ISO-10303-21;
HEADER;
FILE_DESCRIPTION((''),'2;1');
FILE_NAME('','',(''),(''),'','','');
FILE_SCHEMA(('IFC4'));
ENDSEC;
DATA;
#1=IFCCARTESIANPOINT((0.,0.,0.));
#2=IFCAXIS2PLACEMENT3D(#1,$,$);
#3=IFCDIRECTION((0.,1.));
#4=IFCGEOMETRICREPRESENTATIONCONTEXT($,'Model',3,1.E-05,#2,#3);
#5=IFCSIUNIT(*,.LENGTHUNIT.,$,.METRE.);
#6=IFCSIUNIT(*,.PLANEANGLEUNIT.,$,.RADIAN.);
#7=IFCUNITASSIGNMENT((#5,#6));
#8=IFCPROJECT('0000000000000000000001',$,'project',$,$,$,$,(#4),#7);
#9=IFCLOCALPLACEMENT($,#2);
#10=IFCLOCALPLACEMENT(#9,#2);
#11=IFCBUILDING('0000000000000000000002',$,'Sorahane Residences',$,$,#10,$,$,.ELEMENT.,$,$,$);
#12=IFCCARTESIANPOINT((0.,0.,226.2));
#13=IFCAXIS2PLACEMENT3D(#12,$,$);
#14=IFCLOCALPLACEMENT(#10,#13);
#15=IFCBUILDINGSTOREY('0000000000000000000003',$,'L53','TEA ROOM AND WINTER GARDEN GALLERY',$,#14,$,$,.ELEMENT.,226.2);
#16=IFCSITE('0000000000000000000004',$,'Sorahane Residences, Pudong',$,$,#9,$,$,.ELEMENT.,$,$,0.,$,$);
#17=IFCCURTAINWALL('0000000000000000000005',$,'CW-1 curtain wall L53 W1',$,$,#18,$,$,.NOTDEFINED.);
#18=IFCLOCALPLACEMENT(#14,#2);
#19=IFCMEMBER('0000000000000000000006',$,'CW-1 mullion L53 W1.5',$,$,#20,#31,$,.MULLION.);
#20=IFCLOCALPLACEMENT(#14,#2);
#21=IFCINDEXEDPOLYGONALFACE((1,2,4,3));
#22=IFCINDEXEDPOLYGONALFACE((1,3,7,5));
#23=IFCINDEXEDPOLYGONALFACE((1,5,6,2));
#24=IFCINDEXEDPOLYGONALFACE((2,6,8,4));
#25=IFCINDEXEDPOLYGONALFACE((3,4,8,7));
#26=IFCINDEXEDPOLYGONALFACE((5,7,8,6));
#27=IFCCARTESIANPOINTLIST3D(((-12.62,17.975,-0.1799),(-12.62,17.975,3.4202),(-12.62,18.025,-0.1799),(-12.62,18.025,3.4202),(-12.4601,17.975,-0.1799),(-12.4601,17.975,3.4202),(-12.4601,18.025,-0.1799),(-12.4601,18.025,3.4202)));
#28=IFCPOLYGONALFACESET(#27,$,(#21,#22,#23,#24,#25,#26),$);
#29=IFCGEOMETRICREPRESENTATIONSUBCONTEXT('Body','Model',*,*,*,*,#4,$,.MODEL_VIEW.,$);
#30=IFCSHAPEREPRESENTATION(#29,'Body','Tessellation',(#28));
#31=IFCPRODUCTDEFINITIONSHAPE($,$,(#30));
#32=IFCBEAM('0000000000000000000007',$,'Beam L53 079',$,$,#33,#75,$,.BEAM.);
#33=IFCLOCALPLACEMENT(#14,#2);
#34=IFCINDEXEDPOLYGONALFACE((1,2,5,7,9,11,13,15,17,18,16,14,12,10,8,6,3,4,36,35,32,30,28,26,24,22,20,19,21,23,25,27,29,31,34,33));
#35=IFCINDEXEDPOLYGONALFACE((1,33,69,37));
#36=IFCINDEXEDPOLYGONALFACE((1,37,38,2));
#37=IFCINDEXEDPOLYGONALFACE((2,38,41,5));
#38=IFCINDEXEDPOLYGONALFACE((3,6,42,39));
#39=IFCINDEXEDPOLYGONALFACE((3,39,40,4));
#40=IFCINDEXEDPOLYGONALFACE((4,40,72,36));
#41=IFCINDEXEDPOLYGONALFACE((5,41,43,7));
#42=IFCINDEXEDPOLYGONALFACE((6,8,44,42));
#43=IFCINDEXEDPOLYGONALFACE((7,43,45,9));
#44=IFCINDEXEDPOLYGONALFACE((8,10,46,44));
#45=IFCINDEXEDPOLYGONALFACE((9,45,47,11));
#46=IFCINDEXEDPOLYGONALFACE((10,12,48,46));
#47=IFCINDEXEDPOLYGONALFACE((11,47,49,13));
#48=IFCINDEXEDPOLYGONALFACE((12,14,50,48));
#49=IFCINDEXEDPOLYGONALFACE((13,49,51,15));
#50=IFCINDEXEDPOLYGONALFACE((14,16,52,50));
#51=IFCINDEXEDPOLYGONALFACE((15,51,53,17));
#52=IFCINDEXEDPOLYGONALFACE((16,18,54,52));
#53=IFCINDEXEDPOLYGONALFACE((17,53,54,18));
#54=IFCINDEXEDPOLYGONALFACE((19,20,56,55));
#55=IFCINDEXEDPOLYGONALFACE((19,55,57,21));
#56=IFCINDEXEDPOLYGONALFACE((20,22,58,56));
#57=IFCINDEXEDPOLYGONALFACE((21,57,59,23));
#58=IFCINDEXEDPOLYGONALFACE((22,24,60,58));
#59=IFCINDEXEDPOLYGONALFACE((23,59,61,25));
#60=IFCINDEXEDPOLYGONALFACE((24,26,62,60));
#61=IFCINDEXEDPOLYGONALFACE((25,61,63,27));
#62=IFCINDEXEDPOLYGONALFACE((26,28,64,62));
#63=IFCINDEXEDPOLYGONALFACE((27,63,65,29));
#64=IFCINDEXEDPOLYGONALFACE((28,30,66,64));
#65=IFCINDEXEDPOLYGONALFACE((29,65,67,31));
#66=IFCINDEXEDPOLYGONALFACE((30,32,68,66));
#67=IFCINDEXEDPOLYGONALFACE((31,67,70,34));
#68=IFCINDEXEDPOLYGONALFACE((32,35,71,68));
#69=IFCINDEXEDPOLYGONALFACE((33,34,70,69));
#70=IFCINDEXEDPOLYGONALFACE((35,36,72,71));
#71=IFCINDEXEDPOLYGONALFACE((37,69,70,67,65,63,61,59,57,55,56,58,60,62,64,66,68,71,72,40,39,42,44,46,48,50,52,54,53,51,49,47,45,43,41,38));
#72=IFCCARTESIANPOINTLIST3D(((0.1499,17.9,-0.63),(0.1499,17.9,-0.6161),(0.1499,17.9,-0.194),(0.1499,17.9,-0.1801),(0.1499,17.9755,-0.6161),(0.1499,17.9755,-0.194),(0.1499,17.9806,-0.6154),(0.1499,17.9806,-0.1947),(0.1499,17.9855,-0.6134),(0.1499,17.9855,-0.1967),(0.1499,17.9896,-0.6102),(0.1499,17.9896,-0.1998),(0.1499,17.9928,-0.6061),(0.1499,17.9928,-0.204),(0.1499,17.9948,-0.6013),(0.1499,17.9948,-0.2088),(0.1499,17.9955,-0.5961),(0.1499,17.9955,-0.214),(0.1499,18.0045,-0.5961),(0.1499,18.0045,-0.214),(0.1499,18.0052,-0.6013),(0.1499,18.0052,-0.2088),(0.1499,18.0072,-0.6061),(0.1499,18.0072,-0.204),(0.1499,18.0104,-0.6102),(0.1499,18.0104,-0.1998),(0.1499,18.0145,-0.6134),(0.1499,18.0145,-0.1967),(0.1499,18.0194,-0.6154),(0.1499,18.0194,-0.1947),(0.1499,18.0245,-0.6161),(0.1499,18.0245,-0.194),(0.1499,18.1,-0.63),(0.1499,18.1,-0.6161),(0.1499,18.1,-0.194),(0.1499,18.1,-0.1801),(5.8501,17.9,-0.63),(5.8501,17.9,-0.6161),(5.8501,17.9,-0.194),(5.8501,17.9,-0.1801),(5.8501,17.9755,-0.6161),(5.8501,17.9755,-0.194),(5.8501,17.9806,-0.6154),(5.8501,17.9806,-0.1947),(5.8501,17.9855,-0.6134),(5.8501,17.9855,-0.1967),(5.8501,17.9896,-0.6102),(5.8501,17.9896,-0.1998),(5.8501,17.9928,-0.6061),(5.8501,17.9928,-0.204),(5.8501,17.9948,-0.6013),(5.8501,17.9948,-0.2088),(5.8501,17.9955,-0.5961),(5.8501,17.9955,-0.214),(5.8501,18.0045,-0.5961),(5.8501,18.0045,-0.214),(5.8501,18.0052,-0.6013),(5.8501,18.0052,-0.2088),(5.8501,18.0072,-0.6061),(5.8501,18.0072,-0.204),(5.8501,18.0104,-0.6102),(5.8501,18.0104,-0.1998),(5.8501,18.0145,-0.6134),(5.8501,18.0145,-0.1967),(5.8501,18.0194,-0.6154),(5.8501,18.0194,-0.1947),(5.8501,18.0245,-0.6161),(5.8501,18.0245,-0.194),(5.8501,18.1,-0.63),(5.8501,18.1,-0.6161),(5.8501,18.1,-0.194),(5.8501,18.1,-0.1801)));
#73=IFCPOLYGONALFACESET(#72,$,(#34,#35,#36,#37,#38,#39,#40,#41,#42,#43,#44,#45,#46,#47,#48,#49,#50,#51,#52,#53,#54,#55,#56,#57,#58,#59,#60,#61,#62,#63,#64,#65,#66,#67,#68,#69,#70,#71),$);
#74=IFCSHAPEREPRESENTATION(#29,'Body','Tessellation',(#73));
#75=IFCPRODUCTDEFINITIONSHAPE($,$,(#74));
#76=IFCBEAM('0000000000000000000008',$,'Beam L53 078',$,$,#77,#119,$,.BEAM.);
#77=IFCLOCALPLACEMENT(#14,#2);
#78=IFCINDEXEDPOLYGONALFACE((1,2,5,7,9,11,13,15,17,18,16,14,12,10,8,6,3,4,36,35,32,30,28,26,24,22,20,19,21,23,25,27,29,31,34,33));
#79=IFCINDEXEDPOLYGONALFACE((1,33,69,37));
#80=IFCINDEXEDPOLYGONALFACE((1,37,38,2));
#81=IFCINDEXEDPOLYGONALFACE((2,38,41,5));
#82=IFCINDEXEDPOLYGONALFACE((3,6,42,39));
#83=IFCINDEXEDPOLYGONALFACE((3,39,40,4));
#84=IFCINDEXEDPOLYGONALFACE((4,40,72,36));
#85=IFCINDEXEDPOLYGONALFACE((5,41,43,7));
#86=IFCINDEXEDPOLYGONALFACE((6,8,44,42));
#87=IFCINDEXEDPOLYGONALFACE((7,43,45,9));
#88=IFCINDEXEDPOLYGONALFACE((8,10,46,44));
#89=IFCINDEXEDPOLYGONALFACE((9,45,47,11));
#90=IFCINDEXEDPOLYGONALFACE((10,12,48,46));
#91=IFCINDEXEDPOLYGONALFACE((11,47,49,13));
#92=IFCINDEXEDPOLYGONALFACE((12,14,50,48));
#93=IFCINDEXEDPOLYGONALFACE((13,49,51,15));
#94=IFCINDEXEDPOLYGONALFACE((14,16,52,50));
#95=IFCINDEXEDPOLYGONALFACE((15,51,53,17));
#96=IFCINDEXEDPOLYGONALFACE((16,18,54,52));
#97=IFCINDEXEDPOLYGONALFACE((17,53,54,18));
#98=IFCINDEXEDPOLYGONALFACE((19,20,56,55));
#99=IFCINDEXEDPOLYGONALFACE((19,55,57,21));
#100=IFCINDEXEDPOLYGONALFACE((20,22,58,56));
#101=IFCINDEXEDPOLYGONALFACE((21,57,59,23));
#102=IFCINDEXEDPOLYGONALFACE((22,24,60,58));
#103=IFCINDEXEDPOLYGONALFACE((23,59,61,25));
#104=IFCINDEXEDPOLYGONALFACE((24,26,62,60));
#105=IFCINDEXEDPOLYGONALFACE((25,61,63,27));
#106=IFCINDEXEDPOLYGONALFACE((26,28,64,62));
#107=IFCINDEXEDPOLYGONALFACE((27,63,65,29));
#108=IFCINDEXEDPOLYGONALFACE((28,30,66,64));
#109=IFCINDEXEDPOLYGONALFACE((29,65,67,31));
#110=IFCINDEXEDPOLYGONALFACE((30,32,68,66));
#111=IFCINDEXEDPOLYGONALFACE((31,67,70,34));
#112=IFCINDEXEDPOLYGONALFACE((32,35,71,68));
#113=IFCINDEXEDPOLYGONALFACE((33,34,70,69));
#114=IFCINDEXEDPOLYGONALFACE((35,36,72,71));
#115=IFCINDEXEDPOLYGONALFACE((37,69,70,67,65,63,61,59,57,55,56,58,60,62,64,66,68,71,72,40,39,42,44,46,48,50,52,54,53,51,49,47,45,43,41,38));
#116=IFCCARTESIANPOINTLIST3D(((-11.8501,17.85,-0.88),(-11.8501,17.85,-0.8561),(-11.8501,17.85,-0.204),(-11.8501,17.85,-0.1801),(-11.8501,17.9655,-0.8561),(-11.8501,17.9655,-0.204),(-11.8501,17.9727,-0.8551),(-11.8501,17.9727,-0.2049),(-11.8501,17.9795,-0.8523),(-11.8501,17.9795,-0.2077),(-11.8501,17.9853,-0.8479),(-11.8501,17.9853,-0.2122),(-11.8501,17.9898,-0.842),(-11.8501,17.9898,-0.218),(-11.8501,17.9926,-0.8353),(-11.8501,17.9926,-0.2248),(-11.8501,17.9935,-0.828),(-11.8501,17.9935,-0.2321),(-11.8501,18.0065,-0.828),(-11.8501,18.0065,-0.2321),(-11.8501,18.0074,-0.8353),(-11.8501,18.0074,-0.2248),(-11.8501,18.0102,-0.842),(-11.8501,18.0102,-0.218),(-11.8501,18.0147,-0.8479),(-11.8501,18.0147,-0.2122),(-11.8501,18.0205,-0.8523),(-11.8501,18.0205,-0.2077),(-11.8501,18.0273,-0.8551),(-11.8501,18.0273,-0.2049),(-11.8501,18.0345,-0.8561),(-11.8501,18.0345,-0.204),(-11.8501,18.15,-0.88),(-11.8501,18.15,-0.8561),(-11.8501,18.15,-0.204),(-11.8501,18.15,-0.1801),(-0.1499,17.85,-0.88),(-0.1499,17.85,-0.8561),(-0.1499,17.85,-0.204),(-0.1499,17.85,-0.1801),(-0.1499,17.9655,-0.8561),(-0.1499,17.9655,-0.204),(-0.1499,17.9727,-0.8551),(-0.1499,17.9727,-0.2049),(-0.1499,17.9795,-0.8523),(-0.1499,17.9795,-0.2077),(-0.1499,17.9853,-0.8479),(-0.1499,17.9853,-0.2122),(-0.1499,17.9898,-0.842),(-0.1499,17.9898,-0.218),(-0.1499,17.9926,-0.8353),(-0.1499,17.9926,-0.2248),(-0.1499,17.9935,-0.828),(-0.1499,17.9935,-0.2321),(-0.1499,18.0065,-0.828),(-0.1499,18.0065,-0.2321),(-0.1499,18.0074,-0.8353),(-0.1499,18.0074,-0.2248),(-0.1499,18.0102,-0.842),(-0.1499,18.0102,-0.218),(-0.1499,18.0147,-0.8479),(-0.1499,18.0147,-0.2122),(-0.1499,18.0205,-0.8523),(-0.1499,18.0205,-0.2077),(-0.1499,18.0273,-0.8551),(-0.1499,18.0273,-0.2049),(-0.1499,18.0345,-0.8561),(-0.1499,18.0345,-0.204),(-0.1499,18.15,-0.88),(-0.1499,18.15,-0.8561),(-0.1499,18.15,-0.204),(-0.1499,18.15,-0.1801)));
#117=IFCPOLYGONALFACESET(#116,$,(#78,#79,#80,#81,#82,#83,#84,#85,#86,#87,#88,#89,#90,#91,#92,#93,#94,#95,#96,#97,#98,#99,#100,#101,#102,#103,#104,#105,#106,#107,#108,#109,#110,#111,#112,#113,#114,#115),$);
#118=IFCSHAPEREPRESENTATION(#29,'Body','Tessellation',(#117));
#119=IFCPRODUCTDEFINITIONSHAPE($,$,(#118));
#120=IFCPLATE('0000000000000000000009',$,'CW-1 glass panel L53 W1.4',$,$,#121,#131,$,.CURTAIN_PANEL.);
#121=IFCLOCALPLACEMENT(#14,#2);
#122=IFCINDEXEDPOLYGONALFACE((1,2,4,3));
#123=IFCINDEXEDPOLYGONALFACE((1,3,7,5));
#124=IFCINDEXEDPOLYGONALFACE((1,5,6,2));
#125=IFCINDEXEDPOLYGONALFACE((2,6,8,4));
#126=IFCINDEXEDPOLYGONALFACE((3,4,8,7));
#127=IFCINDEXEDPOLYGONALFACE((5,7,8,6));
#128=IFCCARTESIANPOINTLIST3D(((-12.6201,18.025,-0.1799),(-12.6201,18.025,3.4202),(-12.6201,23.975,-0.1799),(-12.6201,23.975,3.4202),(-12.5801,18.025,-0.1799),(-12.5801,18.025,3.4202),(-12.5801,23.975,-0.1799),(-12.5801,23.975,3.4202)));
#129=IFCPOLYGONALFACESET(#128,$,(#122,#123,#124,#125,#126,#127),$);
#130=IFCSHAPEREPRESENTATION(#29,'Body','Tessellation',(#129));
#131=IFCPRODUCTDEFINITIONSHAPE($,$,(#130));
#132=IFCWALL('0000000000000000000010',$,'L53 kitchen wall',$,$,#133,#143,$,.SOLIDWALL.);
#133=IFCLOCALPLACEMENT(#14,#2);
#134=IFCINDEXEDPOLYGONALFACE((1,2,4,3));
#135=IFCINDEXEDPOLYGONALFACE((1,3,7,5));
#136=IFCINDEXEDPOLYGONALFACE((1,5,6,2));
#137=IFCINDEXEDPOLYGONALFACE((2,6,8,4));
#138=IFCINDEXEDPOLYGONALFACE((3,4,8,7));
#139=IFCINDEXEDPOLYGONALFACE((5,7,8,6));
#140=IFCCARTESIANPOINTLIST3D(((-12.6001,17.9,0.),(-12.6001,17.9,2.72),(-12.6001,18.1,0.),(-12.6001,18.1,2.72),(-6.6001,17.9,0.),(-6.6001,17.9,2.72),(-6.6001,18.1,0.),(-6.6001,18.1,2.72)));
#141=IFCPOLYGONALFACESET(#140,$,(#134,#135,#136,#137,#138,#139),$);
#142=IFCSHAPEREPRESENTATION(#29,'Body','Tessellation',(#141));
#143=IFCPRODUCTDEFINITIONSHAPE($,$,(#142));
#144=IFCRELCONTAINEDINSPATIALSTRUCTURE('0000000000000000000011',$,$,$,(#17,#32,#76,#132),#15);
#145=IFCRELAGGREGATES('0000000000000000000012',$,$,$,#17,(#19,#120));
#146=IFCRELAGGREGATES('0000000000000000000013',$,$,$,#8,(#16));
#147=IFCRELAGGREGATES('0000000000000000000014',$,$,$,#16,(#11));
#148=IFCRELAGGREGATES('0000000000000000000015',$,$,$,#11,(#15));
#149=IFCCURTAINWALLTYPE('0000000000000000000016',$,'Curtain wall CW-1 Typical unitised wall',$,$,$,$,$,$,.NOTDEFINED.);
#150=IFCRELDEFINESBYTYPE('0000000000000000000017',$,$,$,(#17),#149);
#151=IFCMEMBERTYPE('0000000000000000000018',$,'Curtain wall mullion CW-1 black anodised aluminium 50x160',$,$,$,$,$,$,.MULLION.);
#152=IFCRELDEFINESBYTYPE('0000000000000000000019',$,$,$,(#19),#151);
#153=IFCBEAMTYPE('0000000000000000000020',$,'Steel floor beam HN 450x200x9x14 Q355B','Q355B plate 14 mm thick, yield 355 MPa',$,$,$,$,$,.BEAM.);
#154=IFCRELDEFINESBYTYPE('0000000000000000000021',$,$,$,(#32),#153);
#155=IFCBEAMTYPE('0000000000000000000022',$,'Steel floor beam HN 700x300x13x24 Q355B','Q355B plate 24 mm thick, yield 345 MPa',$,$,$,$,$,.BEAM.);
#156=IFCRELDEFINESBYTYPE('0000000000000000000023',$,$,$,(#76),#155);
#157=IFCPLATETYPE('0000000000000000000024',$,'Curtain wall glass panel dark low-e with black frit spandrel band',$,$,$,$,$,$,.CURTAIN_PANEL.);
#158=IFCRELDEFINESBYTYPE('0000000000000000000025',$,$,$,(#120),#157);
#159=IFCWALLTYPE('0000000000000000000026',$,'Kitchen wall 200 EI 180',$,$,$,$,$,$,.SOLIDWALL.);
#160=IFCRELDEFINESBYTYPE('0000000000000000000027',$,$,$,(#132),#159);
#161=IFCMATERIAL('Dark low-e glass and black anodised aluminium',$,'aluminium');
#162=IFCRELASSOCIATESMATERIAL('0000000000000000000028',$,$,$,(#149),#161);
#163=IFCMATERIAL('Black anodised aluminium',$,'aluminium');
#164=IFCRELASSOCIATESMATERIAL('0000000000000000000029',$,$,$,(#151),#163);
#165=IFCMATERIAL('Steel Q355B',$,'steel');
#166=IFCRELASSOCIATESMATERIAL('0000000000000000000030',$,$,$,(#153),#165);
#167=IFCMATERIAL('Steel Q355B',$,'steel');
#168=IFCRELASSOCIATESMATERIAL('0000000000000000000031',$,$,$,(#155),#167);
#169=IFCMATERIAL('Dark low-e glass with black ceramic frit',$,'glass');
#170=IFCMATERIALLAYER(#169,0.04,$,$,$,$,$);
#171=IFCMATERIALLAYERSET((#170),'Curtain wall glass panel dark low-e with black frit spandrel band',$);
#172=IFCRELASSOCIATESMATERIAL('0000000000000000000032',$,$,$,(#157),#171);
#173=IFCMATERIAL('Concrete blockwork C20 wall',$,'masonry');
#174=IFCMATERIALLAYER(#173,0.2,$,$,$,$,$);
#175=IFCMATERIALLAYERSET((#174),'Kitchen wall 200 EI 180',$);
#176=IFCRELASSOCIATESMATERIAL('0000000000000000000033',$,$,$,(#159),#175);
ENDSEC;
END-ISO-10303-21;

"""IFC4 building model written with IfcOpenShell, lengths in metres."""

from ifc_helpers import new_model, si_unit, direction, frame, frame_2d, origin, origin_2d, place, context, subcontext, project, spatial, rectangle, i_section, extrude, material, layer, layer_set, material_profile, profile_set, type_object, element, aggregate, save


model = new_model("IFC4")

# Units and contexts
model_context = context("Model", 3, precision=1e-05, world=origin(), true_north=direction((0.0, 1.0)))
body_context = subcontext(model_context, "Body", "Model", "MODEL_VIEW")
ifc_project = project(units=[si_unit("LENGTHUNIT", "METRE"), si_unit("PLANEANGLEUNIT", "RADIAN")], contexts=[model_context])

# Site, building, storey
site_placement = place(None, origin())
site = spatial("IfcSite", under=ifc_project, at=site_placement, Name="Sorahane Residences, Pudong", CompositionType="ELEMENT", RefElevation=0.0)
building_placement = place(site_placement, origin())
building = spatial("IfcBuilding", under=site, at=building_placement, Name="Sorahane Residences", CompositionType="ELEMENT")
storey_placement = place(building_placement, frame((0.0, 0.0, 226.2)))
storey = spatial("IfcBuildingStorey", under=building, at=storey_placement, Name="L53", Description="TEA ROOM AND WINTER GARDEN GALLERY", CompositionType="ELEMENT", Elevation=226.2)

# Curtain wall, member
ifc_material_1 = material(Name="Dark low-e glass and black anodised aluminium", Category="aluminium")
curtain_wall_type = type_object("IfcCurtainWallType", Name="Curtain wall CW-1 Typical unitised wall", PredefinedType="NOTDEFINED", material=ifc_material_1)
curtain_wall_placement = place(storey_placement, origin())
curtain_wall = element("IfcCurtainWall", 1, at=curtain_wall_placement, inside=storey, type_object=curtain_wall_type, Name="CW-1 curtain wall L53 W1", PredefinedType="NOTDEFINED")
ifc_material_2 = material(Name="Black anodised aluminium", Category="aluminium")
ifc_material_profile_1 = material_profile(ifc_material_2, rectangle(XDim=0.1599, YDim=0.05, at=origin_2d()), Name="Curtain wall mullion CW-1 black anodised aluminium 50x160")
ifc_profile_set_1 = profile_set([ifc_material_profile_1], Name="Black anodised aluminium")
member_type = type_object("IfcMemberType", Name="Curtain wall mullion CW-1 black anodised aluminium 50x160", PredefinedType="MULLION", material=ifc_profile_set_1)
member_placement = place(storey_placement, frame((-12.54, 18.0, -0.1799), z_axis=(0.0, 0.0, 1.0), x_axis=(-1.0, 0.0, 0.0)))
member = element("IfcMember", 2, at=member_placement, type_object=member_type, Name="CW-1 mullion L53 W1.5", PredefinedType="MULLION", context=body_context, shape_type="SweptSolid", body=[
    extrude(rectangle(XDim=0.1599, YDim=0.05, at=origin_2d()), origin(), (0.0, 0.0, 1.0), 3.6001),
])

# Beams
ifc_material_3 = material(Name="Steel Q355B", Category="steel")
ifc_material_profile_2 = material_profile(ifc_material_3, i_section(OverallWidth=0.2, OverallDepth=0.45, WebThickness=0.009, FlangeThickness=0.0139, FilletRadius=0.02, at=origin_2d()), Name="HN 450x200x9x14")
ifc_profile_set_2 = profile_set([ifc_material_profile_2], Name="Steel Q355B")
beam_type_1 = type_object("IfcBeamType", Name="Steel floor beam HN 450x200x9x14 Q355B", Description="Q355B plate 14 mm thick, yield 355 MPa", PredefinedType="BEAM", material=ifc_profile_set_2)
beam_1_placement = place(storey_placement, frame((0.1499, 18.0, -0.405), z_axis=(1.0, 0.0, 0.0), x_axis=(0.0, 1.0, 0.0)))
element("IfcBeam", 3, at=beam_1_placement, inside=storey, type_object=beam_type_1, Name="Beam L53 079", PredefinedType="BEAM", context=body_context, shape_type="SweptSolid", body=[
    extrude(i_section(OverallWidth=0.2, OverallDepth=0.45, WebThickness=0.009, FlangeThickness=0.0139, FilletRadius=0.02, at=origin_2d()), origin(), (0.0, 0.0, 1.0), 5.7002),
])
ifc_material_4 = material(Name="Steel Q355B", Category="steel")
ifc_material_profile_3 = material_profile(ifc_material_4, i_section(OverallWidth=0.3, OverallDepth=0.7, WebThickness=0.0129, FlangeThickness=0.0239, FilletRadius=0.0281, at=origin_2d()), Name="HN 700x300x13x24")
ifc_profile_set_3 = profile_set([ifc_material_profile_3], Name="Steel Q355B")
beam_type_2 = type_object("IfcBeamType", Name="Steel floor beam HN 700x300x13x24 Q355B", Description="Q355B plate 24 mm thick, yield 345 MPa", PredefinedType="BEAM", material=ifc_profile_set_3)
beam_2_placement = place(storey_placement, frame((-11.8501, 18.0, -0.53), z_axis=(1.0, 0.0, 0.0), x_axis=(0.0, 1.0, 0.0)))
element("IfcBeam", 4, at=beam_2_placement, inside=storey, type_object=beam_type_2, Name="Beam L53 078", PredefinedType="BEAM", context=body_context, shape_type="SweptSolid", body=[
    extrude(i_section(OverallWidth=0.3, OverallDepth=0.7, WebThickness=0.0129, FlangeThickness=0.0239, FilletRadius=0.0281, at=origin_2d()), origin(), (0.0, 0.0, 1.0), 11.7002),
])

# Plate
ifc_material_5 = material(Name="Dark low-e glass with black ceramic frit", Category="glass")
ifc_layer_1 = layer(ifc_material_5, 0.04)
ifc_layer_set_1 = layer_set([ifc_layer_1], Name="Curtain wall glass panel dark low-e with black frit spandrel band")
plate_type = type_object("IfcPlateType", Name="Curtain wall glass panel dark low-e with black frit spandrel band", PredefinedType="CURTAIN_PANEL", material=ifc_layer_set_1)
plate_placement = place(storey_placement, frame((-12.6001, 21.0, -0.1799), z_axis=(0.0, 0.0, 1.0), x_axis=(0.0, -1.0, 0.0)))
plate = element("IfcPlate", 5, at=plate_placement, type_object=plate_type, Name="CW-1 glass panel L53 W1.4", PredefinedType="CURTAIN_PANEL", context=body_context, shape_type="SweptSolid", body=[
    extrude(rectangle(XDim=5.95, YDim=0.04, at=origin_2d()), origin(), (0.0, 0.0, 1.0), 3.6001),
])
aggregate(curtain_wall, [member, plate])

# Wall
ifc_material_6 = material(Name="Concrete blockwork C20 wall", Category="masonry")
ifc_layer_2 = layer(ifc_material_6, 0.2)
ifc_layer_set_2 = layer_set([ifc_layer_2], Name="Kitchen wall 200 EI 180")
wall_type_1 = type_object("IfcWallType", Name="Kitchen wall 200 EI 180", PredefinedType="SOLIDWALL", material=ifc_layer_set_2)
wall_1_placement = place(storey_placement, frame((-12.6001, 18.0, 0.0), z_axis=(0.0, 0.0, 1.0), x_axis=(1.0, 0.0, 0.0)))
element("IfcWall", 6, at=wall_1_placement, inside=storey, type_object=wall_type_1, Name="L53 kitchen wall", PredefinedType="SOLIDWALL", context=body_context, shape_type="SweptSolid", body=[
    extrude(rectangle(XDim=6.0, YDim=0.2, at=frame_2d((3.0, 0.0))), origin(), (0.0, 0.0, 1.0), 2.72),
])

save(model, "model.ifc")
